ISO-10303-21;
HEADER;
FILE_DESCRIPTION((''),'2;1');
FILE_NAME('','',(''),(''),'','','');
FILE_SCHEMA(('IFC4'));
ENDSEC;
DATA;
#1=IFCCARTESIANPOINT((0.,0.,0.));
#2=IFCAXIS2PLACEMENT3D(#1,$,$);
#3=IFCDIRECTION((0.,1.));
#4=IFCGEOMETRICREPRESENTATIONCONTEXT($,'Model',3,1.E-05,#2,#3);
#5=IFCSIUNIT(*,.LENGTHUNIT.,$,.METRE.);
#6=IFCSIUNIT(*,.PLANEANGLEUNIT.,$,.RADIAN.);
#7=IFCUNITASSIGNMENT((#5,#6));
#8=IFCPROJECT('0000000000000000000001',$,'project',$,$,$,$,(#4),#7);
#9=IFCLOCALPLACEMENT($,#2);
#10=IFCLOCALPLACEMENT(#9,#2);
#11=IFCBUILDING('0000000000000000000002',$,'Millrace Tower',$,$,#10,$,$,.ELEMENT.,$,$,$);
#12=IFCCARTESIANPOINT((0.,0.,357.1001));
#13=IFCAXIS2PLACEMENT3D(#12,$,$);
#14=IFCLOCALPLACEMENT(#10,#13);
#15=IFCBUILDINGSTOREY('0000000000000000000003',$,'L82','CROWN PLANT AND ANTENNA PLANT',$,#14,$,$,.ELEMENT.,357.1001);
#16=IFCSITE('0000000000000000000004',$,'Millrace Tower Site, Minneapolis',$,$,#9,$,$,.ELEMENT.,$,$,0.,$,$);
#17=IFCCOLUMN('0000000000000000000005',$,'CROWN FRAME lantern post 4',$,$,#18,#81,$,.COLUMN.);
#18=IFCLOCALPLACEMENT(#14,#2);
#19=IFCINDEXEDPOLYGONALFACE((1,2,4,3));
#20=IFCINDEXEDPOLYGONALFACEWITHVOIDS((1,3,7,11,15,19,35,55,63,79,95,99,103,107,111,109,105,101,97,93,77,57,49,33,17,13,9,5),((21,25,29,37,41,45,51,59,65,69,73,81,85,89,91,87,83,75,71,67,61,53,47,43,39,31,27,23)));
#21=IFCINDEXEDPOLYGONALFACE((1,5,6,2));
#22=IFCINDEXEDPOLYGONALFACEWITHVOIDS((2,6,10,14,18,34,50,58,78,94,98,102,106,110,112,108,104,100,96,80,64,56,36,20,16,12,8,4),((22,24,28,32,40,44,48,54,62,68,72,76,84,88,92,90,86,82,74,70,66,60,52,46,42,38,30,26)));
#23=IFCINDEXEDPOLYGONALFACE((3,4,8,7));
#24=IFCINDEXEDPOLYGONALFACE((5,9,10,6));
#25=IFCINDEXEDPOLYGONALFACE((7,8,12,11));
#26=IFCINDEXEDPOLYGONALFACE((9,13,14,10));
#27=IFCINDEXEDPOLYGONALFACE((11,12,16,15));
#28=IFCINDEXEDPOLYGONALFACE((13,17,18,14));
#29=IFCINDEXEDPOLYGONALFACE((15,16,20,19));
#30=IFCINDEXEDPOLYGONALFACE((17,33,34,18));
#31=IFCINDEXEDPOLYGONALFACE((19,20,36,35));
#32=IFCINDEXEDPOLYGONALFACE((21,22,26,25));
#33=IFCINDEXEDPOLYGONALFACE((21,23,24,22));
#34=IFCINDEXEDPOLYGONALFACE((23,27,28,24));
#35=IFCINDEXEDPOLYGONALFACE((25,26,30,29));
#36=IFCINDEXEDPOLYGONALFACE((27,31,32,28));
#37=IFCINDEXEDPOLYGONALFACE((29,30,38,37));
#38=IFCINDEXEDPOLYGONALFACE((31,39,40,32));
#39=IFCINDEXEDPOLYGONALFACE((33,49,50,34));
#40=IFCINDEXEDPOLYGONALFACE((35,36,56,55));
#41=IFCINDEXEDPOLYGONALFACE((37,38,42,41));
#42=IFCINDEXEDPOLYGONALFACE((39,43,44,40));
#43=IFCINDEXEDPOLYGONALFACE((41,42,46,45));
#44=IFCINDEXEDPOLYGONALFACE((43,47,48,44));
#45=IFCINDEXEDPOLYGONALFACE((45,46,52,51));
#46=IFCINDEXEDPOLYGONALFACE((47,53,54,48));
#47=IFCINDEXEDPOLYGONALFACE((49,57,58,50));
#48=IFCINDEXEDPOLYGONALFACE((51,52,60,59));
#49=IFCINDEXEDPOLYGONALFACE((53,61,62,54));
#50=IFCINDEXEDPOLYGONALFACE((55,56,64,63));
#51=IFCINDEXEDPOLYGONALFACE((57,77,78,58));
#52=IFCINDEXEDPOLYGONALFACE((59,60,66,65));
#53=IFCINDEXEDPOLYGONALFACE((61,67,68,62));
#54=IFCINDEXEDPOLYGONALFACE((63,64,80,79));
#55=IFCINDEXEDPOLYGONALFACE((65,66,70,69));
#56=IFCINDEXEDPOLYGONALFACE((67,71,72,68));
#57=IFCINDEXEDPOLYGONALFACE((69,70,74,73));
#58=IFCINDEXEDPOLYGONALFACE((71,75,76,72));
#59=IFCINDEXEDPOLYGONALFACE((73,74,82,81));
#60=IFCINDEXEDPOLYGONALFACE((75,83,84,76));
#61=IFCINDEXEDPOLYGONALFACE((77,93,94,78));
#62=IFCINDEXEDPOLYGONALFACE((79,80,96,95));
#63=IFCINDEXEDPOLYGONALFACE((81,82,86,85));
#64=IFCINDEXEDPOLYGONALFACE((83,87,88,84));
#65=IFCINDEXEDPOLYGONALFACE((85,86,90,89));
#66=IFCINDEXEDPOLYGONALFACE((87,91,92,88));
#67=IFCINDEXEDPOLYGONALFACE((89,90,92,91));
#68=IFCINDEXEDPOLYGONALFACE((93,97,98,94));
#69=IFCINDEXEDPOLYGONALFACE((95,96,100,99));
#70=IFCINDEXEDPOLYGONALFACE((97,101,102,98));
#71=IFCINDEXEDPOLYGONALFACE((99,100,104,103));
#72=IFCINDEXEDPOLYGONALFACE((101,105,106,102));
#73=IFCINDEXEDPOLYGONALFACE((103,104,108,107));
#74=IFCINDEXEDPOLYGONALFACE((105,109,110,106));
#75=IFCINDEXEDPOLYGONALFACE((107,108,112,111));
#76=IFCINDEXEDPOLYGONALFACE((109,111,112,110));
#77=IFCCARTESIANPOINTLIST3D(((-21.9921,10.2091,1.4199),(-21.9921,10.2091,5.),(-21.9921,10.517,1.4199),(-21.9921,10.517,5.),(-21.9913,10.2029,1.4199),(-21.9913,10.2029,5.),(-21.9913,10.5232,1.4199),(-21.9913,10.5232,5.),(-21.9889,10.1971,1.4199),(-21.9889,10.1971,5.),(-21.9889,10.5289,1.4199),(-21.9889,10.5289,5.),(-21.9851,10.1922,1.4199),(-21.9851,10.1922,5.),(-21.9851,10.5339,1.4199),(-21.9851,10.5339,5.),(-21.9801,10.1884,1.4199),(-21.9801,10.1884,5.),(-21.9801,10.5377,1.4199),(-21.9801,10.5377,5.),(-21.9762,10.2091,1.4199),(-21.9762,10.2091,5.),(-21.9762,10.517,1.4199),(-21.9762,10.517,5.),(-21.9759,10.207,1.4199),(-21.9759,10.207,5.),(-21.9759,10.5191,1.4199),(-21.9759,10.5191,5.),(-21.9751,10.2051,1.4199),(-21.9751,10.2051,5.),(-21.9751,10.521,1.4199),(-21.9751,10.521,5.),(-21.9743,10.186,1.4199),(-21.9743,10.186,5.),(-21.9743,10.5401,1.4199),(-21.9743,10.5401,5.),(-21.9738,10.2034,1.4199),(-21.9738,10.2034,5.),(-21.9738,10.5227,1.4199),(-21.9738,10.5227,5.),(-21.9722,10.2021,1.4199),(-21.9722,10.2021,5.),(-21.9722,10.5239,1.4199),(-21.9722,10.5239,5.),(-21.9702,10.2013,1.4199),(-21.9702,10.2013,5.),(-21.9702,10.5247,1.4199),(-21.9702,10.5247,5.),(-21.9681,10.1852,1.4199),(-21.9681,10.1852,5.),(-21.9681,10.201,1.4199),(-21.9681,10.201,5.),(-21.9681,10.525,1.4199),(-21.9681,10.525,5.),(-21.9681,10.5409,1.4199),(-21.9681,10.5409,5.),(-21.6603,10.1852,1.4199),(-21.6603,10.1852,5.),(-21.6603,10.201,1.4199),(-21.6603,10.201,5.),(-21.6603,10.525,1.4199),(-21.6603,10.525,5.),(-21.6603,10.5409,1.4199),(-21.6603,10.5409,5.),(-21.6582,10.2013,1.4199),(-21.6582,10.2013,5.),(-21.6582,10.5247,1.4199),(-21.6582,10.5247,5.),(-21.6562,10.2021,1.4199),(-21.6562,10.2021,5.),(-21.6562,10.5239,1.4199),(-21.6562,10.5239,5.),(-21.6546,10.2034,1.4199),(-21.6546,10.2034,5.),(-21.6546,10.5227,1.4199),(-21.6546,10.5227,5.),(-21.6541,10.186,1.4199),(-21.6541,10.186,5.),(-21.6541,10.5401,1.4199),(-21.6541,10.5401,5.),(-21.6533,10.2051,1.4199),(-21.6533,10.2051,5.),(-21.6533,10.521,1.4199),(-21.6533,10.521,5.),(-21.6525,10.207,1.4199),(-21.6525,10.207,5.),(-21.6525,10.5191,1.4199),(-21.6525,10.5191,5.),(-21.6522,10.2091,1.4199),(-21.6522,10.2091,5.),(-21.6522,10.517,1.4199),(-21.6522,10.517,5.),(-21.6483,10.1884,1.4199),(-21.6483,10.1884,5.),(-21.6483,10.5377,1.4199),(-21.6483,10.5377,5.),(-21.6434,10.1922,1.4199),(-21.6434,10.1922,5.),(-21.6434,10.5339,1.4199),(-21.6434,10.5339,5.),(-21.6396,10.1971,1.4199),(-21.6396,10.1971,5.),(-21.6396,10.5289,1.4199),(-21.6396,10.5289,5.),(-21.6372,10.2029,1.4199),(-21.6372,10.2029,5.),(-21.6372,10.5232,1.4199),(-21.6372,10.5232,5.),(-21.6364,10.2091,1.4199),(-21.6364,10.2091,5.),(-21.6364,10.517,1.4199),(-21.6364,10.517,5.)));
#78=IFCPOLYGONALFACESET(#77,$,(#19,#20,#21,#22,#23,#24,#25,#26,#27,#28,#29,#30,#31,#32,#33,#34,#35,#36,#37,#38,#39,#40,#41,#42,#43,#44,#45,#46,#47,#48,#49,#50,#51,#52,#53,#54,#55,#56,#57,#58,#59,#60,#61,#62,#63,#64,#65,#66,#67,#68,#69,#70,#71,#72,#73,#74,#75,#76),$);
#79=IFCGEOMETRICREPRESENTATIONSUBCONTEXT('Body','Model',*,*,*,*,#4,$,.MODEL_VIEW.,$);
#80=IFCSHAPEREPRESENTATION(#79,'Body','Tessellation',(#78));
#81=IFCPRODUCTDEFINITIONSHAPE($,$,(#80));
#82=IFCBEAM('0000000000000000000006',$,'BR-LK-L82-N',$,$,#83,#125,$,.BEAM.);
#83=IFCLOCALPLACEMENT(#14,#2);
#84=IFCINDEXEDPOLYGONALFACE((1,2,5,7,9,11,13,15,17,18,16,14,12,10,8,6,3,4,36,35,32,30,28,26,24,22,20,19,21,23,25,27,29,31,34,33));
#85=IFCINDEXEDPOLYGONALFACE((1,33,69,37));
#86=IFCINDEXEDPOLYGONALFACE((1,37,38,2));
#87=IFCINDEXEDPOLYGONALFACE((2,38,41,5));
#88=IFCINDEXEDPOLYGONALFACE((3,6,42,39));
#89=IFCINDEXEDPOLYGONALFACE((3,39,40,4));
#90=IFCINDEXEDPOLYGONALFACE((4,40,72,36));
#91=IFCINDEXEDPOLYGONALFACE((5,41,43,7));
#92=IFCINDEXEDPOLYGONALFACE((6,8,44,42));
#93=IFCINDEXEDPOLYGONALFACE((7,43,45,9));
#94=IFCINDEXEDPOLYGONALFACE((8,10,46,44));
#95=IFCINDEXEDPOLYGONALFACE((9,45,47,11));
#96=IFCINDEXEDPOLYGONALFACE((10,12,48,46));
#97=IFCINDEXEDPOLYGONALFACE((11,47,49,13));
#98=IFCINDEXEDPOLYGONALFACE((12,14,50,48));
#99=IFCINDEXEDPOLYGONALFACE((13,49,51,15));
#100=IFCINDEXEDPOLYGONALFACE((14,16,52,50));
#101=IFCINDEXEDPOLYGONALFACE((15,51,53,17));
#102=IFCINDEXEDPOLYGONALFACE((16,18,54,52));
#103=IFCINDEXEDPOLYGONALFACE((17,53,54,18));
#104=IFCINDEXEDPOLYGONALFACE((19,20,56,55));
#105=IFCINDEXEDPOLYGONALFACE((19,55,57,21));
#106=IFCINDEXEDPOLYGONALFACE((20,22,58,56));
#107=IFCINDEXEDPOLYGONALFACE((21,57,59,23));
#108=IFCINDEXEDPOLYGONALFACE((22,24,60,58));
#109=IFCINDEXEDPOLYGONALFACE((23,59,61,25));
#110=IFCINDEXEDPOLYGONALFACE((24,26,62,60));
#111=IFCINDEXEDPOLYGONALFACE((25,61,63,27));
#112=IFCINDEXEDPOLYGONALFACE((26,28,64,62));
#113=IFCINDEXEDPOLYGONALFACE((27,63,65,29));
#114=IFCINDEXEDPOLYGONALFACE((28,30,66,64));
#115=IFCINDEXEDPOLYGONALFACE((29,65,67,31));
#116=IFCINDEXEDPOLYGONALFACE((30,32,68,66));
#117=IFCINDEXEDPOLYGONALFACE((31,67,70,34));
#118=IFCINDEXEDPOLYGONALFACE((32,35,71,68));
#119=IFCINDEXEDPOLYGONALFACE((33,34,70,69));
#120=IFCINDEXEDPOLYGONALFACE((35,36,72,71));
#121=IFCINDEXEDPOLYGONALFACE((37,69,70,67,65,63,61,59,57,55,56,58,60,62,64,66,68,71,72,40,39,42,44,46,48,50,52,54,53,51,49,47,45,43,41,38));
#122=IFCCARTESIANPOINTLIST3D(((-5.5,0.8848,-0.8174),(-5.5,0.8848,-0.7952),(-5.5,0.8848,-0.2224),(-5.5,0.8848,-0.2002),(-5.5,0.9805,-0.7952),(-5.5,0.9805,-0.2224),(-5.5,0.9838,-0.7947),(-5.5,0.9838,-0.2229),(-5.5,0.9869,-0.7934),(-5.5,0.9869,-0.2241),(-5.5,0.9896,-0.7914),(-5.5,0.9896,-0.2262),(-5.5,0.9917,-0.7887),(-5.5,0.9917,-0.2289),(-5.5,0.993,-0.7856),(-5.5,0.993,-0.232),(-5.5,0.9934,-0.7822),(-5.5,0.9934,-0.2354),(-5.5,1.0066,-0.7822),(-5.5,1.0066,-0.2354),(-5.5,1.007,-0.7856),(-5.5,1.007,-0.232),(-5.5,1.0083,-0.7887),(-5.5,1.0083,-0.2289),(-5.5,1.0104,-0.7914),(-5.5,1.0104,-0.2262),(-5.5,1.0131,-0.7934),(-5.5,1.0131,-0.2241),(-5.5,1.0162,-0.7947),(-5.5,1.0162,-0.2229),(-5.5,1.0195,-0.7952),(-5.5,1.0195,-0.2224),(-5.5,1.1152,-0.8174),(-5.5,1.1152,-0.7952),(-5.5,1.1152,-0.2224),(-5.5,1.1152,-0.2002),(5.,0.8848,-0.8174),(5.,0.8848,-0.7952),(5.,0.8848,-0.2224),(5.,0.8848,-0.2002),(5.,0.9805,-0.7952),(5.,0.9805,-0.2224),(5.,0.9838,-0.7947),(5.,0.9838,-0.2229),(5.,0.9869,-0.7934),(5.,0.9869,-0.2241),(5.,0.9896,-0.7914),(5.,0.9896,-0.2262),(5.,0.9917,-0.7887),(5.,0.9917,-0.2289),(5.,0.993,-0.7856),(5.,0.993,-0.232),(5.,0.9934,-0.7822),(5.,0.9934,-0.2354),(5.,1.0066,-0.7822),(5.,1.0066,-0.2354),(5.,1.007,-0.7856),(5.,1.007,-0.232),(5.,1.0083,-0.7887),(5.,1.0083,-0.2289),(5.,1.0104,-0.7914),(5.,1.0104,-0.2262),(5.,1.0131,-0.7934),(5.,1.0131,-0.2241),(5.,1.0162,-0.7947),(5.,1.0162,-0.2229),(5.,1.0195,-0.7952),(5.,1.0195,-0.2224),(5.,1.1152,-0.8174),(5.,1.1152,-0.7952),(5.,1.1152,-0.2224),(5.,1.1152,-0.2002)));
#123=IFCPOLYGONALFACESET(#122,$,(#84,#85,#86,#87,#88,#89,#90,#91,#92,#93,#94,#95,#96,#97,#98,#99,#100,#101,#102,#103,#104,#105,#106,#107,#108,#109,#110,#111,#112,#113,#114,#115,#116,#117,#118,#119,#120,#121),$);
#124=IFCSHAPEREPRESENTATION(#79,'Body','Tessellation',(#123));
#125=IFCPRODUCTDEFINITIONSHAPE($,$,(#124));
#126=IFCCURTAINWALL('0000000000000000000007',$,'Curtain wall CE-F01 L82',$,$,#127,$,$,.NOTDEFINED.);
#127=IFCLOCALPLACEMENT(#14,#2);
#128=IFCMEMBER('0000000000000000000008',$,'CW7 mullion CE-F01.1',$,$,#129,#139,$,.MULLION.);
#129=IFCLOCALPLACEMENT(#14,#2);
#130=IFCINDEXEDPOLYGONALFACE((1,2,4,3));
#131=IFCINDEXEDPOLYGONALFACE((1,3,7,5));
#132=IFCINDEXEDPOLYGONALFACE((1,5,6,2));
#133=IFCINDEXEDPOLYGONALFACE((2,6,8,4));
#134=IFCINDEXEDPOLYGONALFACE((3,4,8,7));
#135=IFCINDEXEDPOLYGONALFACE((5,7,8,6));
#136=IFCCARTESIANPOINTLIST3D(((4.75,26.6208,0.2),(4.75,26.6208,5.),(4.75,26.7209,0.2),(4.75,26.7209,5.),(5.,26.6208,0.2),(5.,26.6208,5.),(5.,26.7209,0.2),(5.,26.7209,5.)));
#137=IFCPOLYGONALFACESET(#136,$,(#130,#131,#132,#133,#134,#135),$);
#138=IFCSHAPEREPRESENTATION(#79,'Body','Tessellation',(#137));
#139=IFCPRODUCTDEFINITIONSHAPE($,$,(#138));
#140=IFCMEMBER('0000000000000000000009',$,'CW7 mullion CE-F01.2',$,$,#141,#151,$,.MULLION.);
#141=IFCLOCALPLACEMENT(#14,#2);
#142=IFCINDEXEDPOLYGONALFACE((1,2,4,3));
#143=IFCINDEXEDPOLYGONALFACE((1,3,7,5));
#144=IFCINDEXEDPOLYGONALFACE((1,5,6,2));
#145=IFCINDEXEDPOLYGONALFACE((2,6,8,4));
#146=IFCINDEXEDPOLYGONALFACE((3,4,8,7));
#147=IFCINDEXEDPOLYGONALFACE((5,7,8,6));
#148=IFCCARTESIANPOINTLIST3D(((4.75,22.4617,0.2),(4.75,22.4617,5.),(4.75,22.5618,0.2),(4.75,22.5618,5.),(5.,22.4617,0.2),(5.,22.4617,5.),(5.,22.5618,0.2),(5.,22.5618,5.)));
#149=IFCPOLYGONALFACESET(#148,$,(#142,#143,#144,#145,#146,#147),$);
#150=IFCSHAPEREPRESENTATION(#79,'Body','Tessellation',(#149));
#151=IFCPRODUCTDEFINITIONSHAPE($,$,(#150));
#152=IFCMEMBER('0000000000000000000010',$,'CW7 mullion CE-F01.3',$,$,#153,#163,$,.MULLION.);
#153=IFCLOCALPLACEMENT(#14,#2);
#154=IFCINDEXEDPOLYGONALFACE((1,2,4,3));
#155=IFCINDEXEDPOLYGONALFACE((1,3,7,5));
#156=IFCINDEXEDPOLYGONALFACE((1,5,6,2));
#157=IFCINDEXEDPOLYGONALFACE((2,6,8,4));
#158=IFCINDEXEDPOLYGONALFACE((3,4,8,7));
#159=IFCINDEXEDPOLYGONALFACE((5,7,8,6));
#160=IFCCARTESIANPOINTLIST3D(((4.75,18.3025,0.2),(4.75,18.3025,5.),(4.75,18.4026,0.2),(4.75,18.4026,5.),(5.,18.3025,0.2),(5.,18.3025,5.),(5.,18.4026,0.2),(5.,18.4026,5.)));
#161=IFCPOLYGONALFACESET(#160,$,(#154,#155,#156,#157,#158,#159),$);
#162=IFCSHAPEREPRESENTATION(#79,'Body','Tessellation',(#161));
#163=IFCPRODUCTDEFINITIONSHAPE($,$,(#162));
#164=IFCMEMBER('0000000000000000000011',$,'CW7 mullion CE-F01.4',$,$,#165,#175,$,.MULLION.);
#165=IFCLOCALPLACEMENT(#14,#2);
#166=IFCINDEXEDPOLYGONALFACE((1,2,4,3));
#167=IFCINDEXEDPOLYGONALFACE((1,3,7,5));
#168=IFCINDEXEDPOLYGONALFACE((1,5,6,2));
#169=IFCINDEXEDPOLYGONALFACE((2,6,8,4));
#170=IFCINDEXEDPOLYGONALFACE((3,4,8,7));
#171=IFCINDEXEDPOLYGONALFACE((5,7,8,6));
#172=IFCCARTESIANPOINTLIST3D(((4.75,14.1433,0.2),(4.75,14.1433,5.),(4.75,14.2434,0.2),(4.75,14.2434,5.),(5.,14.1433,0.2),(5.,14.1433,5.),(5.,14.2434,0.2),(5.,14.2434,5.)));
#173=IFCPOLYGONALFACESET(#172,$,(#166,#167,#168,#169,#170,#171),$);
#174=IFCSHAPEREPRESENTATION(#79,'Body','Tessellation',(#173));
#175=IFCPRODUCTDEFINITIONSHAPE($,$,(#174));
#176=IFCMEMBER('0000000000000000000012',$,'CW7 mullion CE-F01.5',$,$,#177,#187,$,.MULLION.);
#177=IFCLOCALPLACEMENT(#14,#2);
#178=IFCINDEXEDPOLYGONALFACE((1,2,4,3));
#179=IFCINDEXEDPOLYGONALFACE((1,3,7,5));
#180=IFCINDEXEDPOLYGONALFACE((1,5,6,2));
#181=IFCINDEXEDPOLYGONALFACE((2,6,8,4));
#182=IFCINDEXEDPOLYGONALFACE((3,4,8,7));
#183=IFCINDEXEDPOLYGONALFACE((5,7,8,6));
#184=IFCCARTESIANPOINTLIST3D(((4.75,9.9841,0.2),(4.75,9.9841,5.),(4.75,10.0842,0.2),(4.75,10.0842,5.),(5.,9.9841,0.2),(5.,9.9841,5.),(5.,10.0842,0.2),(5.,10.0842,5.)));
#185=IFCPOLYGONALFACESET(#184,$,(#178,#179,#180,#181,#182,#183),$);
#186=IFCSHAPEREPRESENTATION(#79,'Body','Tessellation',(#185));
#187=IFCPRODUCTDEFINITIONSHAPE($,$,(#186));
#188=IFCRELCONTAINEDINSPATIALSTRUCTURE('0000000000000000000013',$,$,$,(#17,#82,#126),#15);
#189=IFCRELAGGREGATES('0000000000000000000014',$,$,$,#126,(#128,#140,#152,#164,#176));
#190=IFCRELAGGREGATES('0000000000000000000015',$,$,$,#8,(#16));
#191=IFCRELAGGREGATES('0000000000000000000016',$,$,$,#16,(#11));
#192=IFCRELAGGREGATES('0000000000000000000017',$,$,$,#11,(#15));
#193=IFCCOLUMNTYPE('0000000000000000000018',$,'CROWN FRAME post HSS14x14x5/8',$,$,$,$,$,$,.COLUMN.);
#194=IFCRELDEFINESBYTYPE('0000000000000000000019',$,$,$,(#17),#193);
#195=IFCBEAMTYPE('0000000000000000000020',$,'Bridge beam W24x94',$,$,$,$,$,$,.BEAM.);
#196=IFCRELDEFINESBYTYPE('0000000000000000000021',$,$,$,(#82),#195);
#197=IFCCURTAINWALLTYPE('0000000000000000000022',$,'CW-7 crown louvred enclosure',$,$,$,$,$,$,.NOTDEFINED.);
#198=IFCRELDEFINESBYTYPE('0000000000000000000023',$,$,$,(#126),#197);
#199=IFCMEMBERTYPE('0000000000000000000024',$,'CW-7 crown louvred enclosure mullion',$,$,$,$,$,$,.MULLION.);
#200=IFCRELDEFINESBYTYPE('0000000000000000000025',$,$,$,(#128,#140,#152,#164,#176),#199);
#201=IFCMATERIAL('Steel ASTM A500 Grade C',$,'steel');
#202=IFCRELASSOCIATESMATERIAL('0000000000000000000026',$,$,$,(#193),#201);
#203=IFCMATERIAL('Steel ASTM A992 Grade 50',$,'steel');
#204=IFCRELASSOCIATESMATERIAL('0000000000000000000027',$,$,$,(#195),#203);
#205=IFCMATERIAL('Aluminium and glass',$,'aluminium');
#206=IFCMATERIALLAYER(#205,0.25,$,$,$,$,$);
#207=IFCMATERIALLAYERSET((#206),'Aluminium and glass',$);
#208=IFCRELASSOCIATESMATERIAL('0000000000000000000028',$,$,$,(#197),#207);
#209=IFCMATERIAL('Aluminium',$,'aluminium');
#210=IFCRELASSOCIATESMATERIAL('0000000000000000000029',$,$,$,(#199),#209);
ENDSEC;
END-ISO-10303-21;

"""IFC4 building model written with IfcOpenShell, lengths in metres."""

from ifc_helpers import new_model, si_unit, direction, frame, origin, origin_2d, place, context, subcontext, project, spatial, rectangle, hollow_rectangle, i_section, extrude, material, layer, layer_set, material_profile, profile_set, type_object, element, aggregate, save


model = new_model("IFC4")

# Units and contexts
model_context = context("Model", 3, precision=1e-05, world=origin(), true_north=direction((0.0, 1.0)))
body_context = subcontext(model_context, "Body", "Model", "MODEL_VIEW")
ifc_project = project(units=[si_unit("LENGTHUNIT", "METRE"), si_unit("PLANEANGLEUNIT", "RADIAN")], contexts=[model_context])

# Site, building, storey
site_placement = place(None, origin())
site = spatial("IfcSite", under=ifc_project, at=site_placement, Name="Millrace Tower Site, Minneapolis", CompositionType="ELEMENT", RefElevation=0.0)
building_placement = place(site_placement, origin())
building = spatial("IfcBuilding", under=site, at=building_placement, Name="Millrace Tower", CompositionType="ELEMENT")
storey_placement = place(building_placement, frame((0.0, 0.0, 357.1001)))
storey = spatial("IfcBuildingStorey", under=building, at=storey_placement, Name="L82", Description="CROWN PLANT AND ANTENNA PLANT", CompositionType="ELEMENT", Elevation=357.1001)

# Column
ifc_material_1 = material(Name="Steel ASTM A500 Grade C", Category="steel")
ifc_material_profile_1 = material_profile(ifc_material_1, hollow_rectangle(XDim=0.3557, YDim=0.3557, WallThickness=0.0159, InnerFilletRadius=0.0081, OuterFilletRadius=0.0239, at=origin_2d()))
ifc_profile_set_1 = profile_set([ifc_material_profile_1], Name="Steel ASTM A500 Grade C")
column_type = type_object("IfcColumnType", Name="CROWN FRAME post HSS14x14x5/8", PredefinedType="COLUMN", material=ifc_profile_set_1)
for number, where, z_axis, x_axis, name in (
    (1, (-21.8142, 10.363, 1.4199), (0.0, 0.0, 1.0), (1.0, 0.0, 0.0), "CROWN FRAME lantern post 4"),
):
    element("IfcColumn", number, at=place(storey_placement, frame(where, z_axis=z_axis, x_axis=x_axis)), inside=storey, type_object=column_type, Name=name, PredefinedType="COLUMN", context=body_context, shape_type="SweptSolid", body=[
        extrude(hollow_rectangle(XDim=0.3557, YDim=0.3557, WallThickness=0.0159, InnerFilletRadius=0.0081, OuterFilletRadius=0.0239, at=origin_2d()), origin(), (0.0, 0.0, 1.0), 3.5801),
    ])

# Beam
ifc_material_2 = material(Name="Steel ASTM A992 Grade 50", Category="steel")
ifc_material_profile_2 = material_profile(ifc_material_2, i_section(OverallWidth=0.2305, OverallDepth=0.6172, WebThickness=0.0132, FlangeThickness=0.0222, FilletRadius=0.0129, at=origin_2d()))
ifc_profile_set_2 = profile_set([ifc_material_profile_2], Name="Steel ASTM A992 Grade 50")
beam_type = type_object("IfcBeamType", Name="Bridge beam W24x94", PredefinedType="BEAM", material=ifc_profile_set_2)
beam_placement = place(storey_placement, frame((-5.5, 1.0, -0.5088), z_axis=(1.0, 0.0, 0.0), x_axis=(0.0, 1.0, 0.0)))
element("IfcBeam", 2, at=beam_placement, inside=storey, type_object=beam_type, Name="BR-LK-L82-N", PredefinedType="BEAM", context=body_context, shape_type="SweptSolid", body=[
    extrude(i_section(OverallWidth=0.2305, OverallDepth=0.6172, WebThickness=0.0132, FlangeThickness=0.0222, FilletRadius=0.0129, at=origin_2d()), origin(), (0.0, 0.0, 1.0), 10.5),
])

# Curtain wall, members
ifc_material_3 = material(Name="Aluminium and glass", Category="aluminium")
ifc_layer_1 = layer(ifc_material_3, 0.25)
ifc_layer_set_1 = layer_set([ifc_layer_1], Name="Aluminium and glass")
curtain_wall_type = type_object("IfcCurtainWallType", Name="CW-7 crown louvred enclosure", PredefinedType="NOTDEFINED", material=ifc_layer_set_1)
placement_1 = place(storey_placement, origin())
curtain_wall_1 = element("IfcCurtainWall", 3, at=placement_1, inside=storey, type_object=curtain_wall_type, Name="Curtain wall CE-F01 L82", PredefinedType="NOTDEFINED")
ifc_material_4 = material(Name="Aluminium", Category="aluminium")
ifc_material_profile_3 = material_profile(ifc_material_4, rectangle(XDim=0.1001, YDim=0.25, at=origin_2d()))
ifc_profile_set_3 = profile_set([ifc_material_profile_3], Name="Aluminium")
member_type_1 = type_object("IfcMemberType", Name="CW-7 crown louvred enclosure mullion", PredefinedType="MULLION", material=ifc_profile_set_3)
member_1_placement = place(storey_placement, frame((4.875, 26.6709, 0.2), z_axis=(0.0, 0.0, 1.0), x_axis=(0.0, -1.0, 0.0)))
member_1 = element("IfcMember", 4, at=member_1_placement, type_object=member_type_1, Name="CW7 mullion CE-F01.1", PredefinedType="MULLION", context=body_context, shape_type="SweptSolid", body=[
    extrude(rectangle(XDim=0.1001, YDim=0.25, at=origin_2d()), origin(), (0.0, 0.0, 1.0), 4.8),
])
member_2_placement = place(storey_placement, frame((4.875, 22.5117, 0.2), z_axis=(0.0, 0.0, 1.0), x_axis=(0.0, -1.0, 0.0)))
member_2 = element("IfcMember", 5, at=member_2_placement, type_object=member_type_1, Name="CW7 mullion CE-F01.2", PredefinedType="MULLION", context=body_context, shape_type="SweptSolid", body=[
    extrude(rectangle(XDim=0.1001, YDim=0.25, at=origin_2d()), origin(), (0.0, 0.0, 1.0), 4.8),
])
member_3_placement = place(storey_placement, frame((4.875, 18.3525, 0.2), z_axis=(0.0, 0.0, 1.0), x_axis=(0.0, -1.0, 0.0)))
member_3 = element("IfcMember", 6, at=member_3_placement, type_object=member_type_1, Name="CW7 mullion CE-F01.3", PredefinedType="MULLION", context=body_context, shape_type="SweptSolid", body=[
    extrude(rectangle(XDim=0.1001, YDim=0.25, at=origin_2d()), origin(), (0.0, 0.0, 1.0), 4.8),
])
member_4_placement = place(storey_placement, frame((4.875, 14.1934, 0.2), z_axis=(0.0, 0.0, 1.0), x_axis=(0.0, -1.0, 0.0)))
member_4 = element("IfcMember", 7, at=member_4_placement, type_object=member_type_1, Name="CW7 mullion CE-F01.4", PredefinedType="MULLION", context=body_context, shape_type="SweptSolid", body=[
    extrude(rectangle(XDim=0.1001, YDim=0.25, at=origin_2d()), origin(), (0.0, 0.0, 1.0), 4.8),
])
member_5_placement = place(storey_placement, frame((4.875, 10.0342, 0.2), z_axis=(0.0, 0.0, 1.0), x_axis=(0.0, -1.0, 0.0)))
member_5 = element("IfcMember", 8, at=member_5_placement, type_object=member_type_1, Name="CW7 mullion CE-F01.5", PredefinedType="MULLION", context=body_context, shape_type="SweptSolid", body=[
    extrude(rectangle(XDim=0.1001, YDim=0.25, at=origin_2d()), origin(), (0.0, 0.0, 1.0), 4.8),
])

aggregate(curtain_wall_1, [member_1, member_2, member_3, member_4, member_5])

save(model, "model.ifc")
